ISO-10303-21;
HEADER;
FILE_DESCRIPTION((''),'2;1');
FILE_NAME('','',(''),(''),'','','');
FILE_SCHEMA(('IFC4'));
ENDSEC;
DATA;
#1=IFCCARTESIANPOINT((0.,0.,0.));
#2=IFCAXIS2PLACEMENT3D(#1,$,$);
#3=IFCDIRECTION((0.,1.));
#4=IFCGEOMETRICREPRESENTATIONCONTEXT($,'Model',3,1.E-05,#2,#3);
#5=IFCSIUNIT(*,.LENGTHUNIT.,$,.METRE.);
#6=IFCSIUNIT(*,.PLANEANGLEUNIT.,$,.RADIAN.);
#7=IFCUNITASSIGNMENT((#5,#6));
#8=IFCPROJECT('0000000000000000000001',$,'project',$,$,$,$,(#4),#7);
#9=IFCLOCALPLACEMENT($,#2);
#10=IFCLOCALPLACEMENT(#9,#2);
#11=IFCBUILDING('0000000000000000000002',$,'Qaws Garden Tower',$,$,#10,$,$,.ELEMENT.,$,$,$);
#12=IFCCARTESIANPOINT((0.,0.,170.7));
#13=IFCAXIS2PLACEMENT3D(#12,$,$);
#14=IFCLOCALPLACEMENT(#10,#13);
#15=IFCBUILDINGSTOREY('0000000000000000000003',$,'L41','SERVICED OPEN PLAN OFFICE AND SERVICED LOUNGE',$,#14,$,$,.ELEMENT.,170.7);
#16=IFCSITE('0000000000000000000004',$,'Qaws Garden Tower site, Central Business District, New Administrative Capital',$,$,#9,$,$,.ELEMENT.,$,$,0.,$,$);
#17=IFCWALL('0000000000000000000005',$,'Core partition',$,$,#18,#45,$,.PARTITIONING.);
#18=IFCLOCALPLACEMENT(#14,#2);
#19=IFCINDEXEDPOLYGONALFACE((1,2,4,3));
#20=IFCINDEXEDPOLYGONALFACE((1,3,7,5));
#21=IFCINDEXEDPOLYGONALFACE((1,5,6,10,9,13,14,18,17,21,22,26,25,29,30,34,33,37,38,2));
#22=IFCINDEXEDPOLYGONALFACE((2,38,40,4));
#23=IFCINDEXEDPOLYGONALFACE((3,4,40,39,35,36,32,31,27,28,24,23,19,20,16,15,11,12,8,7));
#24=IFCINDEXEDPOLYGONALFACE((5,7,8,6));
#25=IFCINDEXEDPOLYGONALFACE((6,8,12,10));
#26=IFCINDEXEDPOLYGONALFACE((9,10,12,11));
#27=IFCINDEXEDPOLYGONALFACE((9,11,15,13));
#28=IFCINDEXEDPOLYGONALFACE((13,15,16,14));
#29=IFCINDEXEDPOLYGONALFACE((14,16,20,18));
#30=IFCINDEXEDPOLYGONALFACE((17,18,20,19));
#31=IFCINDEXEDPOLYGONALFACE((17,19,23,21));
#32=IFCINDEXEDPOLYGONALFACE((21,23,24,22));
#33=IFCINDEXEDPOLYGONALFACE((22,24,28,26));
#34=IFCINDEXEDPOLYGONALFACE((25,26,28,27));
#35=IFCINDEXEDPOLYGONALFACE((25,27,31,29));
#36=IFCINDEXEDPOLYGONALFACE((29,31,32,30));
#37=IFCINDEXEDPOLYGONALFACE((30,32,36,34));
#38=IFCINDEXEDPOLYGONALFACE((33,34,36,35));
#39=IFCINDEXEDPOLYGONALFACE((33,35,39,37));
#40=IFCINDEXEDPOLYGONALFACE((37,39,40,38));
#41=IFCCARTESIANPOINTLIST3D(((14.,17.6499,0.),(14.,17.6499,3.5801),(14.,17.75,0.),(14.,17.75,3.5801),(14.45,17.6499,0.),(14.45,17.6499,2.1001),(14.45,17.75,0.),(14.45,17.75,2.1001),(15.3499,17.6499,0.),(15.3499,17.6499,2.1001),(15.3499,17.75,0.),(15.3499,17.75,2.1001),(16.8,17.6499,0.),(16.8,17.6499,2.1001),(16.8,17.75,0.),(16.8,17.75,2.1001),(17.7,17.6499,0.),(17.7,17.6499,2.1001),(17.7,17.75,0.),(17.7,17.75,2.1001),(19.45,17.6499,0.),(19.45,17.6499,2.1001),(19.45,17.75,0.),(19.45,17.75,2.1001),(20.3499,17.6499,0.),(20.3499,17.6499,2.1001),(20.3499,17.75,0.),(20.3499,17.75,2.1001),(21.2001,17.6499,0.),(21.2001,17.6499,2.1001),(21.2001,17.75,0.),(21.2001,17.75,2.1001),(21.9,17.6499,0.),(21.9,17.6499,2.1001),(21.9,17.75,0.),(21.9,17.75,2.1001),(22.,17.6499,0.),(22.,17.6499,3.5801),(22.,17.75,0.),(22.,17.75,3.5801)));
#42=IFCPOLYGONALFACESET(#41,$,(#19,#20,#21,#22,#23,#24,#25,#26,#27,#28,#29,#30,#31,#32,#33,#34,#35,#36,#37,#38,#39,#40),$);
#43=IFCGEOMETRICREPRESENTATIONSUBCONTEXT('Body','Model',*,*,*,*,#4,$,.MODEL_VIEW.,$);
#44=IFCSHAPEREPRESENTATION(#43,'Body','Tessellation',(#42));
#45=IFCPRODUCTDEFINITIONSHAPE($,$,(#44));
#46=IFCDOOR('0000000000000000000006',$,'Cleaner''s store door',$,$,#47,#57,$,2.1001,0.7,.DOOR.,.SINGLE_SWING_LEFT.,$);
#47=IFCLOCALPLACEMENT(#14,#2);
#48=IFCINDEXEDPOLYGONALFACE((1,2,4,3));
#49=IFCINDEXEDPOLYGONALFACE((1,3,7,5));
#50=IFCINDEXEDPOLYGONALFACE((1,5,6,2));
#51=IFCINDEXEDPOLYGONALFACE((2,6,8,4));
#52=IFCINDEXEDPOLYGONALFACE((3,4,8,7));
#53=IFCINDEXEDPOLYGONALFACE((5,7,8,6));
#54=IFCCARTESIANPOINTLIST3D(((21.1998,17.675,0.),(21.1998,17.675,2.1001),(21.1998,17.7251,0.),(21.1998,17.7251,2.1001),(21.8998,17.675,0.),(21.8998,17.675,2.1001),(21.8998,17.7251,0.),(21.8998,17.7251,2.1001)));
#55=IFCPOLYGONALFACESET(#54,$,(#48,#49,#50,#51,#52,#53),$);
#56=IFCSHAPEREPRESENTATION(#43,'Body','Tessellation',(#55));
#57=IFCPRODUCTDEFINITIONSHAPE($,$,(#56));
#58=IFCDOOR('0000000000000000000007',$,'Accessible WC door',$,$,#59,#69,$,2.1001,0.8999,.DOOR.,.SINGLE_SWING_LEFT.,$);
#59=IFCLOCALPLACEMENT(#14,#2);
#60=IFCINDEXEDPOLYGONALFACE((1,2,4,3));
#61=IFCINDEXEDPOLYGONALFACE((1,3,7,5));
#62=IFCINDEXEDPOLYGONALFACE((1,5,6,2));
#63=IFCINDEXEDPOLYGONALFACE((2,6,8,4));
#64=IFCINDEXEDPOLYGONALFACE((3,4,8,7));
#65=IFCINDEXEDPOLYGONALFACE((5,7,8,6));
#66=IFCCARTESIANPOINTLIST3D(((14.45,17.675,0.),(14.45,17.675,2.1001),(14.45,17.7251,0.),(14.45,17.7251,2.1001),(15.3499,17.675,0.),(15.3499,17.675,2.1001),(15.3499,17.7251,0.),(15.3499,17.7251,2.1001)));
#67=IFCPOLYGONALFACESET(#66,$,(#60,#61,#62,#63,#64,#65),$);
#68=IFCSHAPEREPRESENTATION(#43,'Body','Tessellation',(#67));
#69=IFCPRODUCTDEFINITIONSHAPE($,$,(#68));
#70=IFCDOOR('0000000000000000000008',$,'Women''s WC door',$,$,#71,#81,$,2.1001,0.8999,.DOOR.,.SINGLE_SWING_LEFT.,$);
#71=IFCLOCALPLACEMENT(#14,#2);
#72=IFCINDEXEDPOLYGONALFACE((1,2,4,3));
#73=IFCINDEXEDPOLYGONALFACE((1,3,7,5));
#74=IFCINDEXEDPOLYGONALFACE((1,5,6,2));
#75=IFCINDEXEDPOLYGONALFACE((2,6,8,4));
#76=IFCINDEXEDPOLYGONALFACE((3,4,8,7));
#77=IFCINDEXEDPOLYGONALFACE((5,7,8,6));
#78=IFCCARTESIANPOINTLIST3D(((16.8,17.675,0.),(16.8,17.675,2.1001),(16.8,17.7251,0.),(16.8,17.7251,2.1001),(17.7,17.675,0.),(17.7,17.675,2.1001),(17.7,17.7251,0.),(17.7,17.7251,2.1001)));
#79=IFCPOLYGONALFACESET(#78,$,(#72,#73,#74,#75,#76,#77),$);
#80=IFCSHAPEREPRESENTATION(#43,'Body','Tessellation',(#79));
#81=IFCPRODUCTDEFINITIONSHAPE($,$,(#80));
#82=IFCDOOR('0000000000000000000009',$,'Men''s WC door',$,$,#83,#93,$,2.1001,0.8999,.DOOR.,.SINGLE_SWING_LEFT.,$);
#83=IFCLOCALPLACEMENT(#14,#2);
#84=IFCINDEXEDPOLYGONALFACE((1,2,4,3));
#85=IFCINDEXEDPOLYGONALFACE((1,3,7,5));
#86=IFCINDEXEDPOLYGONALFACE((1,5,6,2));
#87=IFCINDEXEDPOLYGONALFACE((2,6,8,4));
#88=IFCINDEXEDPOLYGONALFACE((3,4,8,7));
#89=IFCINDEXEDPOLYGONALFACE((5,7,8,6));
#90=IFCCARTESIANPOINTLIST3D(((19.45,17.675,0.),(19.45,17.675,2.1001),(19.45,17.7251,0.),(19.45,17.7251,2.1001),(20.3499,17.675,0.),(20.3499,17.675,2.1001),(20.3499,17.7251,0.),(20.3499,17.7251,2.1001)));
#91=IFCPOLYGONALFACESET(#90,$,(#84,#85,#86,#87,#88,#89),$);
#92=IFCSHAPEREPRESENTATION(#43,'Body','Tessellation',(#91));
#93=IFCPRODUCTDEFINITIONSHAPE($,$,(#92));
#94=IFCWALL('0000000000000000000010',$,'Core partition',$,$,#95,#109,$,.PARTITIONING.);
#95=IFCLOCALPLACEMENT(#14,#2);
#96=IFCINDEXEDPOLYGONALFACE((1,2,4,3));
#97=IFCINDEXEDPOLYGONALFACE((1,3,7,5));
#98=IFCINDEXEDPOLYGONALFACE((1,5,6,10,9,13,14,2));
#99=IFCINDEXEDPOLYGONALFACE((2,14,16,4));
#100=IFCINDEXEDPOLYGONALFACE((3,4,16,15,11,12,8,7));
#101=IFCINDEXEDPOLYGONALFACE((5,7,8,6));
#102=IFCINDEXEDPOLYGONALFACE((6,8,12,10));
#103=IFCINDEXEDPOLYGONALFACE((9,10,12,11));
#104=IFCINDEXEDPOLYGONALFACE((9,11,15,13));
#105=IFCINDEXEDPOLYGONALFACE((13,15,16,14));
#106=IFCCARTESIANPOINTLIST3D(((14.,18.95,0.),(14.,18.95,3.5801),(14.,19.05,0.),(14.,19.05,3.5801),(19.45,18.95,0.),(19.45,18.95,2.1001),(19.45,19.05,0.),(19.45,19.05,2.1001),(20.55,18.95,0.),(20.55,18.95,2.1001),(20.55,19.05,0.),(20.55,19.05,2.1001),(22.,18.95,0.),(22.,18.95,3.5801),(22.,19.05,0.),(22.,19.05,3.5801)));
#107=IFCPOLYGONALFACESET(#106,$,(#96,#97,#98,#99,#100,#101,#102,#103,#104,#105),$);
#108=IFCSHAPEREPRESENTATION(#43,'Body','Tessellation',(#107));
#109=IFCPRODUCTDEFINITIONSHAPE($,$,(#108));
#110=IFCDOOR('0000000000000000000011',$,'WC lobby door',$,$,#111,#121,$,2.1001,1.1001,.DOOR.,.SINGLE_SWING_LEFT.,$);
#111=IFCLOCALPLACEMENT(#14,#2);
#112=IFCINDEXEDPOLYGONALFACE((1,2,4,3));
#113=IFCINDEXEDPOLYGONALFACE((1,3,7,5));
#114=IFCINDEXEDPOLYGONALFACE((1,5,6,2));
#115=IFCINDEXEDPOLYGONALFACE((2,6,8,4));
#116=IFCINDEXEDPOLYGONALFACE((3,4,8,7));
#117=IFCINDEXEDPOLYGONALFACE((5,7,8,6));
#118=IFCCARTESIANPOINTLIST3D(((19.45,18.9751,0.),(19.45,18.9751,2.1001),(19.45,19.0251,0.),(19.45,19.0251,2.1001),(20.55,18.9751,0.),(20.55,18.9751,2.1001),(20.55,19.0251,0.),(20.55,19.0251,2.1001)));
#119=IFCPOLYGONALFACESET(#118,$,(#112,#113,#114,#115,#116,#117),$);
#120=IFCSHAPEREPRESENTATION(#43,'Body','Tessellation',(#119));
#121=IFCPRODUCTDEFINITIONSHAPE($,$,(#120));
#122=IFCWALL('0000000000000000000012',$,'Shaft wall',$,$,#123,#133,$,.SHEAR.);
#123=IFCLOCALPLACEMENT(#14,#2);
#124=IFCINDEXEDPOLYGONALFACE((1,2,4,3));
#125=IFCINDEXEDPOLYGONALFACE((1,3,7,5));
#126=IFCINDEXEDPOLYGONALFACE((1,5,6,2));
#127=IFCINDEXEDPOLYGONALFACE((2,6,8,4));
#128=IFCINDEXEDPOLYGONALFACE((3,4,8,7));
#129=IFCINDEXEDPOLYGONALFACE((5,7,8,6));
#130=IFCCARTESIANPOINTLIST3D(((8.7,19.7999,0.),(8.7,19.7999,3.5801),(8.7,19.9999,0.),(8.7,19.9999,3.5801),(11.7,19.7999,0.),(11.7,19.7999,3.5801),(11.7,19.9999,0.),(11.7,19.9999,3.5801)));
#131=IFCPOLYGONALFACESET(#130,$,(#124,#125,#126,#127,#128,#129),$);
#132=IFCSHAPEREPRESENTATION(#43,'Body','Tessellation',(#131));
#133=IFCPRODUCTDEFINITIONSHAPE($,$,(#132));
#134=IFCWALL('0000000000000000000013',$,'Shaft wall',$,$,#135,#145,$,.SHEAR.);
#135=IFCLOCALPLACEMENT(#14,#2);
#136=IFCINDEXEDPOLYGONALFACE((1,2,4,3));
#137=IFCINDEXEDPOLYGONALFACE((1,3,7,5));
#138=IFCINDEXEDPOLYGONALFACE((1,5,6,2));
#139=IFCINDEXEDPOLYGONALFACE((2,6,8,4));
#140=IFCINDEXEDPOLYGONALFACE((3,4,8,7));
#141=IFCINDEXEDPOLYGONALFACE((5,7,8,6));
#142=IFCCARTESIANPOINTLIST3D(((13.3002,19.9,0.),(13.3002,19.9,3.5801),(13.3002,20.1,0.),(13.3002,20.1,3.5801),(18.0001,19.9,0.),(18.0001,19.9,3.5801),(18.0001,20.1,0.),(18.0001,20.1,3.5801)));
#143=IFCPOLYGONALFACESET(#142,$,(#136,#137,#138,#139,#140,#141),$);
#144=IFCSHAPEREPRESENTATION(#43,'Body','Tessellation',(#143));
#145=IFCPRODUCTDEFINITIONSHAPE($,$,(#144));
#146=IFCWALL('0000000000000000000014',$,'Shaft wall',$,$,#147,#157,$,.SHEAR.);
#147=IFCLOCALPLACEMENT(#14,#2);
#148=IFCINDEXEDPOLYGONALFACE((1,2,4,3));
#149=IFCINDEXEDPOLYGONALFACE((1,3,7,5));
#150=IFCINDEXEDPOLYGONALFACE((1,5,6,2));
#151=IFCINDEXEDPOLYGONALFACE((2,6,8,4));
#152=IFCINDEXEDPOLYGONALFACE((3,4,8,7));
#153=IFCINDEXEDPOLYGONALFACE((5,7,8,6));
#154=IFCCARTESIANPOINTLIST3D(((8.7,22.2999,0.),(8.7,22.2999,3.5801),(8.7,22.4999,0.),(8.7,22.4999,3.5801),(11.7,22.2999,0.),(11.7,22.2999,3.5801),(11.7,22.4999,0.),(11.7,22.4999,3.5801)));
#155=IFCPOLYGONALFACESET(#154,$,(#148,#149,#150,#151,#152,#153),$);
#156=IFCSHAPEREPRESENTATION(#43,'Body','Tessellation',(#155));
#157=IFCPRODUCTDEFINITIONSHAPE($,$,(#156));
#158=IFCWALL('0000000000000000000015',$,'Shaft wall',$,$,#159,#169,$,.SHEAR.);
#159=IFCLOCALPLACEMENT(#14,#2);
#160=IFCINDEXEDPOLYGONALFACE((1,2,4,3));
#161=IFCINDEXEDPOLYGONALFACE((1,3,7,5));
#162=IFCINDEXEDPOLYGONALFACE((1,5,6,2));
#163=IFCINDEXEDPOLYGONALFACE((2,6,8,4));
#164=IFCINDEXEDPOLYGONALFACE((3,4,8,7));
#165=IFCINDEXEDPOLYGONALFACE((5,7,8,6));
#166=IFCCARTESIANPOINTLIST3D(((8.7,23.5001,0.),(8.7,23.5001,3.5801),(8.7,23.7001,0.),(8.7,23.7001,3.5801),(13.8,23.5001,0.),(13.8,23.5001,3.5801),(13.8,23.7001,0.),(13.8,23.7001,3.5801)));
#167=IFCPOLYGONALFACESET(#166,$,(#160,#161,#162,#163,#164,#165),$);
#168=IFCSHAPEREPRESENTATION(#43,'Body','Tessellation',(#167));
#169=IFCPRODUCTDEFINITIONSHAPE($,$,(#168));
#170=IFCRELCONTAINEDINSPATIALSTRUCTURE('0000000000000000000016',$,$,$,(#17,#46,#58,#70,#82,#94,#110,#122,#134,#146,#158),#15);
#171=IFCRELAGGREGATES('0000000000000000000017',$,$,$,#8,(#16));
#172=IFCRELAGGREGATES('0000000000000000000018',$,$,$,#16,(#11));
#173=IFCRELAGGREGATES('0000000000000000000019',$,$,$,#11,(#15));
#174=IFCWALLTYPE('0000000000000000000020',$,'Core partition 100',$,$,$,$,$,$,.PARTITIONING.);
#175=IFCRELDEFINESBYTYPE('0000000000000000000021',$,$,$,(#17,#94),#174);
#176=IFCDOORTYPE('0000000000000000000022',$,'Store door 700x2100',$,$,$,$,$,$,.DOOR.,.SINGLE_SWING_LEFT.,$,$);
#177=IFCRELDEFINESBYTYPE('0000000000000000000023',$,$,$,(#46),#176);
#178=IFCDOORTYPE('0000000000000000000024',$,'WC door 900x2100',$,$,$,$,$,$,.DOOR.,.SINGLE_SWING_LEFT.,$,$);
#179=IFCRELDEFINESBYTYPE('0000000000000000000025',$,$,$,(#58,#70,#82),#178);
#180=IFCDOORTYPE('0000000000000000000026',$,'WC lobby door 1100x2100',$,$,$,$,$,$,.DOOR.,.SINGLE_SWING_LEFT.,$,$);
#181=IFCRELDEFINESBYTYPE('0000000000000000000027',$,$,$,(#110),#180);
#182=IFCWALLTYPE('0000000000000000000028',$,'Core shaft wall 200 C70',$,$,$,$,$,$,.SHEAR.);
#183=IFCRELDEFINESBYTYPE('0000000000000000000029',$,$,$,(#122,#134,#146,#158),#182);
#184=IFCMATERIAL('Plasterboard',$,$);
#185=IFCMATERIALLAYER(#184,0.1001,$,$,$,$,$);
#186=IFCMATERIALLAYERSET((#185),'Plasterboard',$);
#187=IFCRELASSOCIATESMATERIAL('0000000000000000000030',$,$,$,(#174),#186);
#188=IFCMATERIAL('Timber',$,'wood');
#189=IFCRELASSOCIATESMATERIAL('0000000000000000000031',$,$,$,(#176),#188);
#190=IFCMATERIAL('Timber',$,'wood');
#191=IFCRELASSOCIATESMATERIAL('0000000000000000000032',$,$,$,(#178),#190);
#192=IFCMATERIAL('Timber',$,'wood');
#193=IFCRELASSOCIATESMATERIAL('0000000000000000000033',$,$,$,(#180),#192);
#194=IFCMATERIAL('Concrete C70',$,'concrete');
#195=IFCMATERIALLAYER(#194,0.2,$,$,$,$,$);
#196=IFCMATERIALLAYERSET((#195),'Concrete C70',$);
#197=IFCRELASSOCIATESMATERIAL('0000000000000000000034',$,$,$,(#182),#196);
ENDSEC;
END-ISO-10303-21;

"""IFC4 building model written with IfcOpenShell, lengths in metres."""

from ifc_helpers import new_model, si_unit, direction, frame, frame_2d, origin, place, context, subcontext, project, spatial, rectangle, extrude, material, layer, layer_set, type_object, element, fill, save


model = new_model("IFC4")

# Units and contexts
model_context = context("Model", 3, precision=1e-05, world=origin(), true_north=direction((0.0, 1.0)))
body_context = subcontext(model_context, "Body", "Model", "MODEL_VIEW")
ifc_project = project(units=[si_unit("LENGTHUNIT", "METRE"), si_unit("PLANEANGLEUNIT", "RADIAN")], contexts=[model_context])

# Site, building, storey
site_placement = place(None, origin())
site = spatial("IfcSite", under=ifc_project, at=site_placement, Name="Qaws Garden Tower site, Central Business District, New Administrative Capital", CompositionType="ELEMENT", RefElevation=0.0)
building_placement = place(site_placement, origin())
building = spatial("IfcBuilding", under=site, at=building_placement, Name="Qaws Garden Tower", CompositionType="ELEMENT")
storey_placement = place(building_placement, frame((0.0, 0.0, 170.7)))
storey = spatial("IfcBuildingStorey", under=building, at=storey_placement, Name="L41", Description="SERVICED OPEN PLAN OFFICE AND SERVICED LOUNGE", CompositionType="ELEMENT", Elevation=170.7)

# Wall, openings, doors
ifc_material_1 = material(Name="Plasterboard")
ifc_layer_1 = layer(ifc_material_1, 0.1001)
ifc_layer_set_1 = layer_set([ifc_layer_1], Name="Plasterboard")
wall_type_1 = type_object("IfcWallType", Name="Core partition 100", PredefinedType="PARTITIONING", material=ifc_layer_set_1)
wall_1_placement = place(storey_placement, frame((14.0, 17.7, 0.0), z_axis=(0.0, 0.0, 1.0), x_axis=(1.0, 0.0, 0.0)))
wall_1 = element("IfcWall", 1, at=wall_1_placement, inside=storey, type_object=wall_type_1, Name="Core partition", PredefinedType="PARTITIONING", context=body_context, shape_type="SweptSolid", body=[
    extrude(rectangle(XDim=8.0, YDim=0.1001, at=frame_2d((4.0, 0.0))), origin(), (0.0, 0.0, 1.0), 3.5801),
])
opening_1_placement = place(wall_1_placement, frame((0.45, 0.0, 0.0)))
opening_1 = element("IfcOpeningElement", 2, at=opening_1_placement, cuts=wall_1, PredefinedType="OPENING", context=body_context, shape_type="SweptSolid", body=[
    extrude(rectangle(XDim=0.8999, YDim=2.1001, at=frame_2d((0.45, 1.05))), frame((0.0, 0.0601, 0.0), z_axis=(0.0, -1.0, 0.0), x_axis=(1.0, 0.0, 0.0)), (0.0, 0.0, 1.0), 0.1201),
])
opening_2_placement = place(wall_1_placement, frame((2.8, 0.0, 0.0)))
opening_2 = element("IfcOpeningElement", 3, at=opening_2_placement, cuts=wall_1, PredefinedType="OPENING", context=body_context, shape_type="SweptSolid", body=[
    extrude(rectangle(XDim=0.8999, YDim=2.1001, at=frame_2d((0.45, 1.05))), frame((0.0, 0.0601, 0.0), z_axis=(0.0, -1.0, 0.0), x_axis=(1.0, 0.0, 0.0)), (0.0, 0.0, 1.0), 0.1201),
])
opening_3_placement = place(wall_1_placement, frame((5.45, 0.0, 0.0)))
opening_3 = element("IfcOpeningElement", 4, at=opening_3_placement, cuts=wall_1, PredefinedType="OPENING", context=body_context, shape_type="SweptSolid", body=[
    extrude(rectangle(XDim=0.8999, YDim=2.1001, at=frame_2d((0.45, 1.05))), frame((0.0, 0.0601, 0.0), z_axis=(0.0, -1.0, 0.0), x_axis=(1.0, 0.0, 0.0)), (0.0, 0.0, 1.0), 0.1201),
])
opening_4_placement = place(wall_1_placement, frame((7.2, 0.0, 0.0)))
opening_4 = element("IfcOpeningElement", 5, at=opening_4_placement, cuts=wall_1, PredefinedType="OPENING", context=body_context, shape_type="SweptSolid", body=[
    extrude(rectangle(XDim=0.7, YDim=2.1001, at=frame_2d((0.3501, 1.05))), frame((0.0, 0.0601, 0.0), z_axis=(0.0, -1.0, 0.0), x_axis=(1.0, 0.0, 0.0)), (0.0, 0.0, 1.0), 0.1201),
])
ifc_material_2 = material(Name="Timber", Category="wood")
door_type_1 = type_object("IfcDoorType", Name="Store door 700x2100", OperationType="SINGLE_SWING_LEFT", PredefinedType="DOOR", material=ifc_material_2)
door_1_placement = place(opening_4_placement, frame((0.7, 0.0, 0.0), z_axis=(0.0, 0.0, 1.0), x_axis=(-1.0, 0.0, 0.0)))
door_1 = element("IfcDoor", 6, at=door_1_placement, inside=storey, type_object=door_type_1, Name="Cleaner's store door", OperationType="SINGLE_SWING_LEFT", OverallHeight=2.1001, OverallWidth=0.7, PredefinedType="DOOR", context=body_context, shape_type="SweptSolid", body=[
    extrude(rectangle(XDim=0.7, YDim=2.1001, at=frame_2d((0.3501, 1.05))), frame((0.0, 0.0249, 0.0), z_axis=(0.0, -1.0, 0.0), x_axis=(1.0, 0.0, 0.0)), (0.0, 0.0, 1.0), 0.05),
])
fill(opening_4, door_1)
ifc_material_3 = material(Name="Timber", Category="wood")
door_type_2 = type_object("IfcDoorType", Name="WC door 900x2100", OperationType="SINGLE_SWING_LEFT", PredefinedType="DOOR", material=ifc_material_3)
door_2_placement = place(opening_1_placement, frame((0.8999, 0.0, 0.0), z_axis=(0.0, 0.0, 1.0), x_axis=(-1.0, 0.0, 0.0)))
door_2 = element("IfcDoor", 7, at=door_2_placement, inside=storey, type_object=door_type_2, Name="Accessible WC door", OperationType="SINGLE_SWING_LEFT", OverallHeight=2.1001, OverallWidth=0.8999, PredefinedType="DOOR", context=body_context, shape_type="SweptSolid", body=[
    extrude(rectangle(XDim=0.8999, YDim=2.1001, at=frame_2d((0.45, 1.05))), frame((0.0, 0.0249, 0.0), z_axis=(0.0, -1.0, 0.0), x_axis=(1.0, 0.0, 0.0)), (0.0, 0.0, 1.0), 0.05),
])
fill(opening_1, door_2)
door_3_placement = place(opening_2_placement, frame((0.8999, 0.0, 0.0), z_axis=(0.0, 0.0, 1.0), x_axis=(-1.0, 0.0, 0.0)))
door_3 = element("IfcDoor", 8, at=door_3_placement, inside=storey, type_object=door_type_2, Name="Women's WC door", OperationType="SINGLE_SWING_LEFT", OverallHeight=2.1001, OverallWidth=0.8999, PredefinedType="DOOR", context=body_context, shape_type="SweptSolid", body=[
    extrude(rectangle(XDim=0.8999, YDim=2.1001, at=frame_2d((0.45, 1.05))), frame((0.0, 0.0249, 0.0), z_axis=(0.0, -1.0, 0.0), x_axis=(1.0, 0.0, 0.0)), (0.0, 0.0, 1.0), 0.05),
])
fill(opening_2, door_3)
door_4_placement = place(opening_3_placement, frame((0.8999, 0.0, 0.0), z_axis=(0.0, 0.0, 1.0), x_axis=(-1.0, 0.0, 0.0)))
door_4 = element("IfcDoor", 9, at=door_4_placement, inside=storey, type_object=door_type_2, Name="Men's WC door", OperationType="SINGLE_SWING_LEFT", OverallHeight=2.1001, OverallWidth=0.8999, PredefinedType="DOOR", context=body_context, shape_type="SweptSolid", body=[
    extrude(rectangle(XDim=0.8999, YDim=2.1001, at=frame_2d((0.45, 1.05))), frame((0.0, 0.0249, 0.0), z_axis=(0.0, -1.0, 0.0), x_axis=(1.0, 0.0, 0.0)), (0.0, 0.0, 1.0), 0.05),
])
fill(opening_3, door_4)

# Wall, opening, door
wall_2_placement = place(storey_placement, frame((14.0, 19.0, 0.0), z_axis=(0.0, 0.0, 1.0), x_axis=(1.0, 0.0, 0.0)))
wall_2 = element("IfcWall", 10, at=wall_2_placement, inside=storey, type_object=wall_type_1, Name="Core partition", PredefinedType="PARTITIONING", context=body_context, shape_type="SweptSolid", body=[
    extrude(rectangle(XDim=8.0, YDim=0.1001, at=frame_2d((4.0, 0.0))), origin(), (0.0, 0.0, 1.0), 3.5801),
])
opening_5_placement = place(wall_2_placement, frame((5.45, 0.0, 0.0)))
opening_5 = element("IfcOpeningElement", 11, at=opening_5_placement, cuts=wall_2, PredefinedType="OPENING", context=body_context, shape_type="SweptSolid", body=[
    extrude(rectangle(XDim=1.1001, YDim=2.1001, at=frame_2d((0.55, 1.05))), frame((0.0, 0.0601, 0.0), z_axis=(0.0, -1.0, 0.0), x_axis=(1.0, 0.0, 0.0)), (0.0, 0.0, 1.0), 0.1201),
])
ifc_material_4 = material(Name="Timber", Category="wood")
door_type_3 = type_object("IfcDoorType", Name="WC lobby door 1100x2100", OperationType="SINGLE_SWING_LEFT", PredefinedType="DOOR", material=ifc_material_4)
door_5_placement = place(opening_5_placement, frame((1.1001, 0.0, 0.0), z_axis=(0.0, 0.0, 1.0), x_axis=(-1.0, 0.0, 0.0)))
door_5 = element("IfcDoor", 12, at=door_5_placement, inside=storey, type_object=door_type_3, Name="WC lobby door", OperationType="SINGLE_SWING_LEFT", OverallHeight=2.1001, OverallWidth=1.1001, PredefinedType="DOOR", context=body_context, shape_type="SweptSolid", body=[
    extrude(rectangle(XDim=1.1001, YDim=2.1001, at=frame_2d((0.55, 1.05))), frame((0.0, 0.0249, 0.0), z_axis=(0.0, -1.0, 0.0), x_axis=(1.0, 0.0, 0.0)), (0.0, 0.0, 1.0), 0.05),
])
fill(opening_5, door_5)

# Walls
ifc_material_5 = material(Name="Concrete C70", Category="concrete")
ifc_layer_2 = layer(ifc_material_5, 0.2)
ifc_layer_set_2 = layer_set([ifc_layer_2], Name="Concrete C70")
wall_type_2 = type_object("IfcWallType", Name="Core shaft wall 200 C70", PredefinedType="SHEAR", material=ifc_layer_set_2)
wall_3_placement = place(storey_placement, frame((8.7, 19.8999, 0.0), z_axis=(0.0, 0.0, 1.0), x_axis=(1.0, 0.0, 0.0)))
element("IfcWall", 13, at=wall_3_placement, inside=storey, type_object=wall_type_2, Name="Shaft wall", PredefinedType="SHEAR", context=body_context, shape_type="SweptSolid", body=[
    extrude(rectangle(XDim=3.0, YDim=0.2, at=frame_2d((1.5, 0.0))), origin(), (0.0, 0.0, 1.0), 3.5801),
])
wall_4_placement = place(storey_placement, frame((13.3, 20.0, 0.0), z_axis=(0.0, 0.0, 1.0), x_axis=(1.0, 0.0, 0.0)))
element("IfcWall", 14, at=wall_4_placement, inside=storey, type_object=wall_type_2, Name="Shaft wall", PredefinedType="SHEAR", context=body_context, shape_type="SweptSolid", body=[
    extrude(rectangle(XDim=4.7, YDim=0.2, at=frame_2d((2.3501, 0.0))), origin(), (0.0, 0.0, 1.0), 3.5801),
])
wall_5_placement = place(storey_placement, frame((8.7, 22.3999, 0.0), z_axis=(0.0, 0.0, 1.0), x_axis=(1.0, 0.0, 0.0)))
element("IfcWall", 15, at=wall_5_placement, inside=storey, type_object=wall_type_2, Name="Shaft wall", PredefinedType="SHEAR", context=body_context, shape_type="SweptSolid", body=[
    extrude(rectangle(XDim=3.0, YDim=0.2, at=frame_2d((1.5, 0.0))), origin(), (0.0, 0.0, 1.0), 3.5801),
])
wall_6_placement = place(storey_placement, frame((8.7, 23.6001, 0.0), z_axis=(0.0, 0.0, 1.0), x_axis=(1.0, 0.0, 0.0)))
element("IfcWall", 16, at=wall_6_placement, inside=storey, type_object=wall_type_2, Name="Shaft wall", PredefinedType="SHEAR", context=body_context, shape_type="SweptSolid", body=[
    extrude(rectangle(XDim=5.1001, YDim=0.2, at=frame_2d((2.55, 0.0))), origin(), (0.0, 0.0, 1.0), 3.5801),
])

save(model, "model.ifc")
